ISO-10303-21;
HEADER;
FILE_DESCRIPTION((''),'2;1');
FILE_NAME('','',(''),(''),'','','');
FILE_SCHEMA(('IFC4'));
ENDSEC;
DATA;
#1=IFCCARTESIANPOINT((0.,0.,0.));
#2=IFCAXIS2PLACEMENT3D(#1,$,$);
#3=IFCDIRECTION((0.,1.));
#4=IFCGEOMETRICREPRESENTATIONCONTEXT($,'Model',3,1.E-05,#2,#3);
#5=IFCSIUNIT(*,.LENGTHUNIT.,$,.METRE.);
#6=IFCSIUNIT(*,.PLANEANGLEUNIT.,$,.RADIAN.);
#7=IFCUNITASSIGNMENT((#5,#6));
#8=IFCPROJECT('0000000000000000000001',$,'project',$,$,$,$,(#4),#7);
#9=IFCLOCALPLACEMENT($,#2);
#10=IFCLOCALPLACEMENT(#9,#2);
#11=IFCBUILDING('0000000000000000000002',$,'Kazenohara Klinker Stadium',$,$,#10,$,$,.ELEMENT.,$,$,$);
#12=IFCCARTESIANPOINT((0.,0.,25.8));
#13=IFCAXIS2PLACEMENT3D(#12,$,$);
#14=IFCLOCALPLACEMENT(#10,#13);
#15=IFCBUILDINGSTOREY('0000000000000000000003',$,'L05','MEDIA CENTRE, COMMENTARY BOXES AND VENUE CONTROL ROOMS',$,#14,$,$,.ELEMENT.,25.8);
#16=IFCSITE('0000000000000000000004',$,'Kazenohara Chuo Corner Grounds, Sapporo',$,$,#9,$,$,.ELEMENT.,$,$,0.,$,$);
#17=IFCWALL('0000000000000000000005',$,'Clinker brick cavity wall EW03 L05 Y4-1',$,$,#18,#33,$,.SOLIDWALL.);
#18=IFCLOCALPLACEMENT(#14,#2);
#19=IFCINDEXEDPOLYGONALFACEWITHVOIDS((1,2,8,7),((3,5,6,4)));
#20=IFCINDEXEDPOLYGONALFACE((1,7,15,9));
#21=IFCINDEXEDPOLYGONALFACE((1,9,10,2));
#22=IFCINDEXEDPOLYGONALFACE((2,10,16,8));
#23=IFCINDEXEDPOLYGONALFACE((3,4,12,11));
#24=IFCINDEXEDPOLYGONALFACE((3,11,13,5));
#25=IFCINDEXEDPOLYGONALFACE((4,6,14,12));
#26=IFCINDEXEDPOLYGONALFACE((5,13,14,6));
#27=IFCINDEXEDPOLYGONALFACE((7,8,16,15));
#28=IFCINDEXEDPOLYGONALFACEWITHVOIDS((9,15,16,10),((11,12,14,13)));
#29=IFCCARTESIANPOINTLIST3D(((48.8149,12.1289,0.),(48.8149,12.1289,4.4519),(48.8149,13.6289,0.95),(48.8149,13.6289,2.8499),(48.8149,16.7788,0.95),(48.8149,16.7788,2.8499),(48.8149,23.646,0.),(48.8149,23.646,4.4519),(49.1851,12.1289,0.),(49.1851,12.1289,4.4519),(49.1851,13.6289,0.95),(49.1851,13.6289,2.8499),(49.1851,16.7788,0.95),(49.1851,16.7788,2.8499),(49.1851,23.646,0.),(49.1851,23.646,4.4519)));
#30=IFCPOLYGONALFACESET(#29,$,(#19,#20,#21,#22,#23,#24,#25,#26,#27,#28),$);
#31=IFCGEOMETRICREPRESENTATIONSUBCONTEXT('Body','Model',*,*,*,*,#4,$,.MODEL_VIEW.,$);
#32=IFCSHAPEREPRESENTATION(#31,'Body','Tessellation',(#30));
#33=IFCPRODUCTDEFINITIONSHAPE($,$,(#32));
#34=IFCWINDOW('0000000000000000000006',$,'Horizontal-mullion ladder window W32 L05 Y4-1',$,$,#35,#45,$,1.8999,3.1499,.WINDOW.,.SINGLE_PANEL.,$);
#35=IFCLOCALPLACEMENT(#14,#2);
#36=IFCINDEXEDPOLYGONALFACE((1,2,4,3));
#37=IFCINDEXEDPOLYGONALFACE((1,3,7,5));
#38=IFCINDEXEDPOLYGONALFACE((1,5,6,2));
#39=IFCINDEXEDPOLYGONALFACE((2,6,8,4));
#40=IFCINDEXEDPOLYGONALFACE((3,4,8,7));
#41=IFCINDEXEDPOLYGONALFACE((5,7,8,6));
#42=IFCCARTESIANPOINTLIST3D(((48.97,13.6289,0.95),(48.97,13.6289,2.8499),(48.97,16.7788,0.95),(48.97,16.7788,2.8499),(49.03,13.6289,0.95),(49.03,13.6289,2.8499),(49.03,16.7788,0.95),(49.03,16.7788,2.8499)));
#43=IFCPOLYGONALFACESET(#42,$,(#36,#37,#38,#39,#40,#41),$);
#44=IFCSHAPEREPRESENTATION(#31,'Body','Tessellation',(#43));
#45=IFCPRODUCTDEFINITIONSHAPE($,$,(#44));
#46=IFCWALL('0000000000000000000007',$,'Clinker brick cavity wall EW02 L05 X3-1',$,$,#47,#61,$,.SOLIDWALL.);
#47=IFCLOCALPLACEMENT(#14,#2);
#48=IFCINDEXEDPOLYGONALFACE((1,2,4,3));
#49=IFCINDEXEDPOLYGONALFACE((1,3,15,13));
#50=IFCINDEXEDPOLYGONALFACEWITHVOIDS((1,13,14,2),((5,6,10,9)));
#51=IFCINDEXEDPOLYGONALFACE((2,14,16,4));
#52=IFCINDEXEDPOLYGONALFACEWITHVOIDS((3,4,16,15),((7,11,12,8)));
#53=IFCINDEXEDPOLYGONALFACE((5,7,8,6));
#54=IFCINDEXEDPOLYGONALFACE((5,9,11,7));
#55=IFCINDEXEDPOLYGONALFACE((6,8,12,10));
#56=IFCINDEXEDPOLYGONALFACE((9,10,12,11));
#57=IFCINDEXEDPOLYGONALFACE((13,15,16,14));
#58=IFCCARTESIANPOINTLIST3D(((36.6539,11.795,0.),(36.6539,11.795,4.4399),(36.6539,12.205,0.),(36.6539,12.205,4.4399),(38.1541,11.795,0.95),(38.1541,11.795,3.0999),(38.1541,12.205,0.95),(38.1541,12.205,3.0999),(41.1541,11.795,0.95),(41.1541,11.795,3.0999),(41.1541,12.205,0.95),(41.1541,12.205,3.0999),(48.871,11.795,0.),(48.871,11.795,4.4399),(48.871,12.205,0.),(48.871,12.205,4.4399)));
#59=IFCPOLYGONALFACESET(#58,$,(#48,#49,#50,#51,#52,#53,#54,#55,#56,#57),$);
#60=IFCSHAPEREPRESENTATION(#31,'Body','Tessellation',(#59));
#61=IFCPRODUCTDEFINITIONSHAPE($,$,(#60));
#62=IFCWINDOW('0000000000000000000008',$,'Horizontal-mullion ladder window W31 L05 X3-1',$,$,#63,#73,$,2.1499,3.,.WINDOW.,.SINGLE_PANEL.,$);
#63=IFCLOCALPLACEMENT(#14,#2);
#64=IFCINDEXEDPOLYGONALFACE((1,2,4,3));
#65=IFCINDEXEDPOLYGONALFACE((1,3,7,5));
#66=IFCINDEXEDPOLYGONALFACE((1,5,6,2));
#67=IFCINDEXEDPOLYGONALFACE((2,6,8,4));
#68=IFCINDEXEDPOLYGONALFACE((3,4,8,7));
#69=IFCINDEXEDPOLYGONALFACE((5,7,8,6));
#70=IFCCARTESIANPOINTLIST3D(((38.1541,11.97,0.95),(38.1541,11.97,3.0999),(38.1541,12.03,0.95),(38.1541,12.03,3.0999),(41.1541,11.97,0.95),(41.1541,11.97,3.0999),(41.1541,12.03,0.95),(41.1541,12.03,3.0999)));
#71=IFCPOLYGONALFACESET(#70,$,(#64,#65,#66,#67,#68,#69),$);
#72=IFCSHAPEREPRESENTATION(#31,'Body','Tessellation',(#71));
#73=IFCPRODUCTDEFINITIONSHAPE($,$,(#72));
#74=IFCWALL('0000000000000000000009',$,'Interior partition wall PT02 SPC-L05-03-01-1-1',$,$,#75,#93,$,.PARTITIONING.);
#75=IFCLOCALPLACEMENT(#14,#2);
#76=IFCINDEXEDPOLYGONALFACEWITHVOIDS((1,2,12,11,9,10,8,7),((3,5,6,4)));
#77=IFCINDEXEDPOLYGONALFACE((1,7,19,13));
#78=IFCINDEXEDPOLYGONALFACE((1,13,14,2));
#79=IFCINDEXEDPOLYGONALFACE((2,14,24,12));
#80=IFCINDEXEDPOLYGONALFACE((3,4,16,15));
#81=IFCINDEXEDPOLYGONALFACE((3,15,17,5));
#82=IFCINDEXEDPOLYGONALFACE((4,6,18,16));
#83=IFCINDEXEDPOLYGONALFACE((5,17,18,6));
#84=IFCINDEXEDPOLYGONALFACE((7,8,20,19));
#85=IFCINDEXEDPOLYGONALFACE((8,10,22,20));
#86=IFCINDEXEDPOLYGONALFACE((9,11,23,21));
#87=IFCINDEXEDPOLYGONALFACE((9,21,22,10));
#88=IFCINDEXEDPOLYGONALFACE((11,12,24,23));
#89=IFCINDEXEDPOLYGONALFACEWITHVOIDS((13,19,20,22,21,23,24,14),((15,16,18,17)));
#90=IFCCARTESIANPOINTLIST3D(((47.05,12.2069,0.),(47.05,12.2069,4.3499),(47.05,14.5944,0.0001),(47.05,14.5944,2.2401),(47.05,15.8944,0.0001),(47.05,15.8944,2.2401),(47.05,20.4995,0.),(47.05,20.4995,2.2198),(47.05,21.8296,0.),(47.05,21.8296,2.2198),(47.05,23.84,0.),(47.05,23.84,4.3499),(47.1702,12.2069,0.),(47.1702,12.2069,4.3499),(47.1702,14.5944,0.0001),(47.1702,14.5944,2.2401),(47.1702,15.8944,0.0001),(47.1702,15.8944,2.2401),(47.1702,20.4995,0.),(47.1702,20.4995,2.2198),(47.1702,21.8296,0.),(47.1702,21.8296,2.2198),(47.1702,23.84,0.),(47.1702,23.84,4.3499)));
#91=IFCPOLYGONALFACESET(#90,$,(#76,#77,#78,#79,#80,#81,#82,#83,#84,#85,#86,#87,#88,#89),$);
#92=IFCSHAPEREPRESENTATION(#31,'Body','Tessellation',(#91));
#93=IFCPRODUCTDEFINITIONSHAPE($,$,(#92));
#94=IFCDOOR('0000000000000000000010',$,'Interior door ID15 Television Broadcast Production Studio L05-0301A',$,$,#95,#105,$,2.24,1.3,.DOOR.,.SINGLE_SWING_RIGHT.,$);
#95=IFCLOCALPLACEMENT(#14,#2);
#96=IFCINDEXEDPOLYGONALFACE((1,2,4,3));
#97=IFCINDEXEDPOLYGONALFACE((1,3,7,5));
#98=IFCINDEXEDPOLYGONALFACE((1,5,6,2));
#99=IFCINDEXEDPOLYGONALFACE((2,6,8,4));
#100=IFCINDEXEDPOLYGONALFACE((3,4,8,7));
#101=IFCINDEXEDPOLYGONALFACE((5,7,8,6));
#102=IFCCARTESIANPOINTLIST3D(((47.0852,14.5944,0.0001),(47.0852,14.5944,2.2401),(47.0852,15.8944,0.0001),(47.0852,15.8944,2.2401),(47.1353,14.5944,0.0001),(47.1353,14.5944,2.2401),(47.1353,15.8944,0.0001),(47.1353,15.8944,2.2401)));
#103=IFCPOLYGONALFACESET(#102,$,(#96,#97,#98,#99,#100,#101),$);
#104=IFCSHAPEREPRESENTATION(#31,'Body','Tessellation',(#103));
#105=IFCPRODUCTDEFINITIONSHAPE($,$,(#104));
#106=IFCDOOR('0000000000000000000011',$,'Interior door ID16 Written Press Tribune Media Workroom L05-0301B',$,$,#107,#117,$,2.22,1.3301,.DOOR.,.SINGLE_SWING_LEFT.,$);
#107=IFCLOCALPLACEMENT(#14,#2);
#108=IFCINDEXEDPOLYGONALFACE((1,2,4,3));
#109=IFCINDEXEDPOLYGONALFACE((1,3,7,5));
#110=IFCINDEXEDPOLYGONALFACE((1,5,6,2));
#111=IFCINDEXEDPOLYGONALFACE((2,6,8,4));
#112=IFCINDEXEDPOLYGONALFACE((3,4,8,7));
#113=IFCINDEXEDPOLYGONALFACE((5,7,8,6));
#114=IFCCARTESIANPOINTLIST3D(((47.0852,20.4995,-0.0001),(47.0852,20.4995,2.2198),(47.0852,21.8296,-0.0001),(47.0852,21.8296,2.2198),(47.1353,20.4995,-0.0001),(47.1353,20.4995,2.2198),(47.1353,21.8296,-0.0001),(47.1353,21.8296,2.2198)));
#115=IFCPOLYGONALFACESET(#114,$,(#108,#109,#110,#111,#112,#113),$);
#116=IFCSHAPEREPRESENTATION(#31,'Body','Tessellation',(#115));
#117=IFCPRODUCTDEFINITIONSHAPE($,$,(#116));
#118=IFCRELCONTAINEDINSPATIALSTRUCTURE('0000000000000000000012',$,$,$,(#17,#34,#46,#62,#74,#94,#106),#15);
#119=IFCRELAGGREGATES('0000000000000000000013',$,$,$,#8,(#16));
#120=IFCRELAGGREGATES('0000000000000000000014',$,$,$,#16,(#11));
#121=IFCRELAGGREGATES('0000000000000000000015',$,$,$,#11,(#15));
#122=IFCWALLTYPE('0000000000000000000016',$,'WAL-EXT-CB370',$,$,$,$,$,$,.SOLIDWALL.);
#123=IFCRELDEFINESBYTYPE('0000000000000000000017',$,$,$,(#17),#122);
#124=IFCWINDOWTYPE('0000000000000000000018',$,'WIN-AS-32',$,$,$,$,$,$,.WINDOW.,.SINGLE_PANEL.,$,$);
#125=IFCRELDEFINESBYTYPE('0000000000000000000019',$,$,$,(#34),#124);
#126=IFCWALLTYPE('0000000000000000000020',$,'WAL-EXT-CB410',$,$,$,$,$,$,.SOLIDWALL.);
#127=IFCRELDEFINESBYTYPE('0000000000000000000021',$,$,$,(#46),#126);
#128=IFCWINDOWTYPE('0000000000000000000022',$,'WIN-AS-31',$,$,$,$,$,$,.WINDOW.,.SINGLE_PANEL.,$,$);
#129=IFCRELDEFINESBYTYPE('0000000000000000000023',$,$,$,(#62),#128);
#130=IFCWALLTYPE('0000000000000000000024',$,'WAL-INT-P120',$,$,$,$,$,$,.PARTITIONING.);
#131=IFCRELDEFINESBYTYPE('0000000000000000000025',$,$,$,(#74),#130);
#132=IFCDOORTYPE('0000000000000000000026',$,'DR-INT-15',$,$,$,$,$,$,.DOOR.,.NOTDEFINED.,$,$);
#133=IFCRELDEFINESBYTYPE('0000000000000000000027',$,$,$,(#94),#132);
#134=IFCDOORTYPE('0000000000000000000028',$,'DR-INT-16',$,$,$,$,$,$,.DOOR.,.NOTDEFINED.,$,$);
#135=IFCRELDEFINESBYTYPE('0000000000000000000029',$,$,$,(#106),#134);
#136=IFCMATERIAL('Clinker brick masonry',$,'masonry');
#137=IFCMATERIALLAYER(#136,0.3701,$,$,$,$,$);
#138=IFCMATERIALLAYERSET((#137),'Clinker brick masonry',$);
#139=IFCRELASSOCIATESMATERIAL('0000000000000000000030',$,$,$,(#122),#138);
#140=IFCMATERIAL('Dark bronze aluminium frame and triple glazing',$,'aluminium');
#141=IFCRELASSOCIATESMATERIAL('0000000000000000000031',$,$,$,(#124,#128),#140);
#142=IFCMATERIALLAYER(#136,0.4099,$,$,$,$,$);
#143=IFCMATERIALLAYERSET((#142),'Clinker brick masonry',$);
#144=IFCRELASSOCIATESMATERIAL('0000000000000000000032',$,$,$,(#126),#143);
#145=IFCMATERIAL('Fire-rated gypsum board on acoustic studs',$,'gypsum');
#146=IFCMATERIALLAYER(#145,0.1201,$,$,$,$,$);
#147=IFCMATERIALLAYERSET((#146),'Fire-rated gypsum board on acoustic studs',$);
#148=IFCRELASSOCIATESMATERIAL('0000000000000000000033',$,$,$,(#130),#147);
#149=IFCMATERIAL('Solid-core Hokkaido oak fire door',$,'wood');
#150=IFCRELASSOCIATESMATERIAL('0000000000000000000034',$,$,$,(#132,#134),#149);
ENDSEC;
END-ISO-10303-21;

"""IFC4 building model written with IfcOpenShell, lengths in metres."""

from ifc_helpers import new_model, si_unit, direction, frame, frame_2d, origin, place, context, subcontext, project, spatial, rectangle, extrude, material, layer, layer_set, type_object, element, fill, save


model = new_model("IFC4")

# Units and contexts
model_context = context("Model", 3, precision=1e-05, world=origin(), true_north=direction((0.0, 1.0)))
body_context = subcontext(model_context, "Body", "Model", "MODEL_VIEW")
ifc_project = project(units=[si_unit("LENGTHUNIT", "METRE"), si_unit("PLANEANGLEUNIT", "RADIAN")], contexts=[model_context])

# Site, building, storey
site_placement = place(None, origin())
site = spatial("IfcSite", under=ifc_project, at=site_placement, Name="Kazenohara Chuo Corner Grounds, Sapporo", CompositionType="ELEMENT", RefElevation=0.0)
building_placement = place(site_placement, origin())
building = spatial("IfcBuilding", under=site, at=building_placement, Name="Kazenohara Klinker Stadium", CompositionType="ELEMENT")
storey_placement = place(building_placement, frame((0.0, 0.0, 25.8)))
storey = spatial("IfcBuildingStorey", under=building, at=storey_placement, Name="L05", Description="MEDIA CENTRE, COMMENTARY BOXES AND VENUE CONTROL ROOMS", CompositionType="ELEMENT", Elevation=25.8)

# Shared definitions
ifc_material_1 = material(Name="Clinker brick masonry", Category="masonry")

# Walls, openings, windows
ifc_layer_1 = layer(ifc_material_1, 0.3701)
ifc_layer_set_1 = layer_set([ifc_layer_1], Name="Clinker brick masonry")
wall_type_1 = type_object("IfcWallType", Name="WAL-EXT-CB370", PredefinedType="SOLIDWALL", material=ifc_layer_set_1)
wall_1_placement = place(storey_placement, frame((49.0, 12.1289, 0.0), z_axis=(0.0, 0.0, 1.0), x_axis=(0.0, 1.0, 0.0)))
wall_1 = element("IfcWall", 1, at=wall_1_placement, inside=storey, type_object=wall_type_1, Name="Clinker brick cavity wall EW03 L05 Y4-1", PredefinedType="SOLIDWALL", context=body_context, shape_type="SweptSolid", body=[
    extrude(rectangle(XDim=11.5171, YDim=0.3701, at=frame_2d((5.7585, 0.0))), origin(), (0.0, 0.0, 1.0), 4.4519),
])
opening_1_placement = place(wall_1_placement, frame((1.5, 0.0, 0.95)))
opening_1 = element("IfcOpeningElement", 2, at=opening_1_placement, cuts=wall_1, PredefinedType="OPENING", context=body_context, shape_type="SweptSolid", body=[
    extrude(rectangle(XDim=3.1499, YDim=1.8999, at=frame_2d((1.575, 0.95))), frame((0.0, 0.1951, 0.0), z_axis=(0.0, -1.0, 0.0), x_axis=(1.0, 0.0, 0.0)), (0.0, 0.0, 1.0), 0.3901),
])
ifc_material_2 = material(Name="Dark bronze aluminium frame and triple glazing", Category="aluminium")
window_type_1 = type_object("IfcWindowType", Name="WIN-AS-32", PartitioningType="SINGLE_PANEL", PredefinedType="WINDOW", material=ifc_material_2)
window_1_placement = place(opening_1_placement, origin())
window_1 = element("IfcWindow", 3, at=window_1_placement, inside=storey, type_object=window_type_1, Name="Horizontal-mullion ladder window W32 L05 Y4-1", OverallHeight=1.8999, OverallWidth=3.1499, PartitioningType="SINGLE_PANEL", PredefinedType="WINDOW", context=body_context, shape_type="SweptSolid", body=[
    extrude(rectangle(XDim=3.1499, YDim=1.8999, at=frame_2d((1.575, 0.95))), frame((0.0, 0.03, 0.0), z_axis=(0.0, -1.0, 0.0), x_axis=(1.0, 0.0, 0.0)), (0.0, 0.0, 1.0), 0.0601),
])
fill(opening_1, window_1)
ifc_layer_2 = layer(ifc_material_1, 0.4099)
ifc_layer_set_2 = layer_set([ifc_layer_2], Name="Clinker brick masonry")
wall_type_2 = type_object("IfcWallType", Name="WAL-EXT-CB410", PredefinedType="SOLIDWALL", material=ifc_layer_set_2)
wall_2_placement = place(storey_placement, frame((36.6541, 12.0, 0.0), z_axis=(0.0, 0.0, 1.0), x_axis=(1.0, 0.0, 0.0)))
wall_2 = element("IfcWall", 4, at=wall_2_placement, inside=storey, type_object=wall_type_2, Name="Clinker brick cavity wall EW02 L05 X3-1", PredefinedType="SOLIDWALL", context=body_context, shape_type="SweptSolid", body=[
    extrude(rectangle(XDim=12.217, YDim=0.4099, at=frame_2d((6.1084, 0.0))), origin(), (0.0, 0.0, 1.0), 4.4399),
])
opening_2_placement = place(wall_2_placement, frame((1.5, 0.0, 0.95)))
opening_2 = element("IfcOpeningElement", 5, at=opening_2_placement, cuts=wall_2, PredefinedType="OPENING", context=body_context, shape_type="SweptSolid", body=[
    extrude(rectangle(XDim=3.0, YDim=2.1499, at=frame_2d((1.5, 1.075))), frame((0.0, 0.2148, 0.0), z_axis=(0.0, -1.0, 0.0), x_axis=(1.0, 0.0, 0.0)), (0.0, 0.0, 1.0), 0.4299),
])
window_type_2 = type_object("IfcWindowType", Name="WIN-AS-31", PartitioningType="SINGLE_PANEL", PredefinedType="WINDOW", material=ifc_material_2)
window_2_placement = place(opening_2_placement, origin())
window_2 = element("IfcWindow", 6, at=window_2_placement, inside=storey, type_object=window_type_2, Name="Horizontal-mullion ladder window W31 L05 X3-1", OverallHeight=2.1499, OverallWidth=3.0, PartitioningType="SINGLE_PANEL", PredefinedType="WINDOW", context=body_context, shape_type="SweptSolid", body=[
    extrude(rectangle(XDim=3.0, YDim=2.1499, at=frame_2d((1.5, 1.075))), frame((0.0, 0.03, 0.0), z_axis=(0.0, -1.0, 0.0), x_axis=(1.0, 0.0, 0.0)), (0.0, 0.0, 1.0), 0.0601),
])
fill(opening_2, window_2)

# Wall, openings, doors
ifc_material_3 = material(Name="Fire-rated gypsum board on acoustic studs", Category="gypsum")
ifc_layer_3 = layer(ifc_material_3, 0.1201)
ifc_layer_set_3 = layer_set([ifc_layer_3], Name="Fire-rated gypsum board on acoustic studs")
wall_type_3 = type_object("IfcWallType", Name="WAL-INT-P120", PredefinedType="PARTITIONING", material=ifc_layer_set_3)
wall_3_placement = place(storey_placement, frame((47.1101, 12.207, 0.0), z_axis=(0.0, 0.0, 1.0), x_axis=(0.0, 1.0, 0.0)))
wall_3 = element("IfcWall", 7, at=wall_3_placement, inside=storey, type_object=wall_type_3, Name="Interior partition wall PT02 SPC-L05-03-01-1-1", PredefinedType="PARTITIONING", context=body_context, shape_type="SweptSolid", body=[
    extrude(rectangle(XDim=11.6331, YDim=0.1201, at=frame_2d((5.8164, 0.0))), origin(), (0.0, 0.0, 1.0), 4.3499),
])
opening_3_placement = place(wall_3_placement, frame((2.3875, 0.0, 0.0)))
opening_3 = element("IfcOpeningElement", 8, at=opening_3_placement, cuts=wall_3, PredefinedType="OPENING", context=body_context, shape_type="SweptSolid", body=[
    extrude(rectangle(XDim=1.3, YDim=2.24, at=frame_2d((0.6499, 1.1201))), frame((0.0, 0.0701, 0.0), z_axis=(0.0, -1.0, 0.0), x_axis=(1.0, 0.0, 0.0)), (0.0, 0.0, 1.0), 0.1401),
])
opening_4_placement = place(wall_3_placement, frame((8.2925, 0.0, 0.0)))
opening_4 = element("IfcOpeningElement", 9, at=opening_4_placement, cuts=wall_3, PredefinedType="OPENING", context=body_context, shape_type="SweptSolid", body=[
    extrude(rectangle(XDim=1.3301, YDim=2.22, at=frame_2d((0.665, 1.1099))), frame((0.0, 0.0701, 0.0), z_axis=(0.0, -1.0, 0.0), x_axis=(1.0, 0.0, 0.0)), (0.0, 0.0, 1.0), 0.1401),
])
ifc_material_4 = material(Name="Solid-core Hokkaido oak fire door", Category="wood")
door_type_1 = type_object("IfcDoorType", Name="DR-INT-15", OperationType="NOTDEFINED", PredefinedType="DOOR", material=ifc_material_4)
door_1_placement = place(opening_3_placement, origin())
door_1 = element("IfcDoor", 10, at=door_1_placement, inside=storey, type_object=door_type_1, Name="Interior door ID15 Television Broadcast Production Studio L05-0301A", OperationType="SINGLE_SWING_RIGHT", OverallHeight=2.24, OverallWidth=1.3, PredefinedType="DOOR", context=body_context, shape_type="SweptSolid", body=[
    extrude(rectangle(XDim=1.3, YDim=2.24, at=frame_2d((0.6499, 1.1201))), frame((0.0, 0.0249, 0.0), z_axis=(0.0, -1.0, 0.0), x_axis=(1.0, 0.0, 0.0)), (0.0, 0.0, 1.0), 0.05),
])
fill(opening_3, door_1)
door_type_2 = type_object("IfcDoorType", Name="DR-INT-16", OperationType="NOTDEFINED", PredefinedType="DOOR", material=ifc_material_4)
door_2_placement = place(opening_4_placement, origin())
door_2 = element("IfcDoor", 11, at=door_2_placement, inside=storey, type_object=door_type_2, Name="Interior door ID16 Written Press Tribune Media Workroom L05-0301B", OperationType="SINGLE_SWING_LEFT", OverallHeight=2.22, OverallWidth=1.3301, PredefinedType="DOOR", context=body_context, shape_type="SweptSolid", body=[
    extrude(rectangle(XDim=1.3301, YDim=2.22, at=frame_2d((0.665, 1.1099))), frame((0.0, 0.0249, 0.0), z_axis=(0.0, -1.0, 0.0), x_axis=(1.0, 0.0, 0.0)), (0.0, 0.0, 1.0), 0.05),
])
fill(opening_4, door_2)

save(model, "model.ifc")
